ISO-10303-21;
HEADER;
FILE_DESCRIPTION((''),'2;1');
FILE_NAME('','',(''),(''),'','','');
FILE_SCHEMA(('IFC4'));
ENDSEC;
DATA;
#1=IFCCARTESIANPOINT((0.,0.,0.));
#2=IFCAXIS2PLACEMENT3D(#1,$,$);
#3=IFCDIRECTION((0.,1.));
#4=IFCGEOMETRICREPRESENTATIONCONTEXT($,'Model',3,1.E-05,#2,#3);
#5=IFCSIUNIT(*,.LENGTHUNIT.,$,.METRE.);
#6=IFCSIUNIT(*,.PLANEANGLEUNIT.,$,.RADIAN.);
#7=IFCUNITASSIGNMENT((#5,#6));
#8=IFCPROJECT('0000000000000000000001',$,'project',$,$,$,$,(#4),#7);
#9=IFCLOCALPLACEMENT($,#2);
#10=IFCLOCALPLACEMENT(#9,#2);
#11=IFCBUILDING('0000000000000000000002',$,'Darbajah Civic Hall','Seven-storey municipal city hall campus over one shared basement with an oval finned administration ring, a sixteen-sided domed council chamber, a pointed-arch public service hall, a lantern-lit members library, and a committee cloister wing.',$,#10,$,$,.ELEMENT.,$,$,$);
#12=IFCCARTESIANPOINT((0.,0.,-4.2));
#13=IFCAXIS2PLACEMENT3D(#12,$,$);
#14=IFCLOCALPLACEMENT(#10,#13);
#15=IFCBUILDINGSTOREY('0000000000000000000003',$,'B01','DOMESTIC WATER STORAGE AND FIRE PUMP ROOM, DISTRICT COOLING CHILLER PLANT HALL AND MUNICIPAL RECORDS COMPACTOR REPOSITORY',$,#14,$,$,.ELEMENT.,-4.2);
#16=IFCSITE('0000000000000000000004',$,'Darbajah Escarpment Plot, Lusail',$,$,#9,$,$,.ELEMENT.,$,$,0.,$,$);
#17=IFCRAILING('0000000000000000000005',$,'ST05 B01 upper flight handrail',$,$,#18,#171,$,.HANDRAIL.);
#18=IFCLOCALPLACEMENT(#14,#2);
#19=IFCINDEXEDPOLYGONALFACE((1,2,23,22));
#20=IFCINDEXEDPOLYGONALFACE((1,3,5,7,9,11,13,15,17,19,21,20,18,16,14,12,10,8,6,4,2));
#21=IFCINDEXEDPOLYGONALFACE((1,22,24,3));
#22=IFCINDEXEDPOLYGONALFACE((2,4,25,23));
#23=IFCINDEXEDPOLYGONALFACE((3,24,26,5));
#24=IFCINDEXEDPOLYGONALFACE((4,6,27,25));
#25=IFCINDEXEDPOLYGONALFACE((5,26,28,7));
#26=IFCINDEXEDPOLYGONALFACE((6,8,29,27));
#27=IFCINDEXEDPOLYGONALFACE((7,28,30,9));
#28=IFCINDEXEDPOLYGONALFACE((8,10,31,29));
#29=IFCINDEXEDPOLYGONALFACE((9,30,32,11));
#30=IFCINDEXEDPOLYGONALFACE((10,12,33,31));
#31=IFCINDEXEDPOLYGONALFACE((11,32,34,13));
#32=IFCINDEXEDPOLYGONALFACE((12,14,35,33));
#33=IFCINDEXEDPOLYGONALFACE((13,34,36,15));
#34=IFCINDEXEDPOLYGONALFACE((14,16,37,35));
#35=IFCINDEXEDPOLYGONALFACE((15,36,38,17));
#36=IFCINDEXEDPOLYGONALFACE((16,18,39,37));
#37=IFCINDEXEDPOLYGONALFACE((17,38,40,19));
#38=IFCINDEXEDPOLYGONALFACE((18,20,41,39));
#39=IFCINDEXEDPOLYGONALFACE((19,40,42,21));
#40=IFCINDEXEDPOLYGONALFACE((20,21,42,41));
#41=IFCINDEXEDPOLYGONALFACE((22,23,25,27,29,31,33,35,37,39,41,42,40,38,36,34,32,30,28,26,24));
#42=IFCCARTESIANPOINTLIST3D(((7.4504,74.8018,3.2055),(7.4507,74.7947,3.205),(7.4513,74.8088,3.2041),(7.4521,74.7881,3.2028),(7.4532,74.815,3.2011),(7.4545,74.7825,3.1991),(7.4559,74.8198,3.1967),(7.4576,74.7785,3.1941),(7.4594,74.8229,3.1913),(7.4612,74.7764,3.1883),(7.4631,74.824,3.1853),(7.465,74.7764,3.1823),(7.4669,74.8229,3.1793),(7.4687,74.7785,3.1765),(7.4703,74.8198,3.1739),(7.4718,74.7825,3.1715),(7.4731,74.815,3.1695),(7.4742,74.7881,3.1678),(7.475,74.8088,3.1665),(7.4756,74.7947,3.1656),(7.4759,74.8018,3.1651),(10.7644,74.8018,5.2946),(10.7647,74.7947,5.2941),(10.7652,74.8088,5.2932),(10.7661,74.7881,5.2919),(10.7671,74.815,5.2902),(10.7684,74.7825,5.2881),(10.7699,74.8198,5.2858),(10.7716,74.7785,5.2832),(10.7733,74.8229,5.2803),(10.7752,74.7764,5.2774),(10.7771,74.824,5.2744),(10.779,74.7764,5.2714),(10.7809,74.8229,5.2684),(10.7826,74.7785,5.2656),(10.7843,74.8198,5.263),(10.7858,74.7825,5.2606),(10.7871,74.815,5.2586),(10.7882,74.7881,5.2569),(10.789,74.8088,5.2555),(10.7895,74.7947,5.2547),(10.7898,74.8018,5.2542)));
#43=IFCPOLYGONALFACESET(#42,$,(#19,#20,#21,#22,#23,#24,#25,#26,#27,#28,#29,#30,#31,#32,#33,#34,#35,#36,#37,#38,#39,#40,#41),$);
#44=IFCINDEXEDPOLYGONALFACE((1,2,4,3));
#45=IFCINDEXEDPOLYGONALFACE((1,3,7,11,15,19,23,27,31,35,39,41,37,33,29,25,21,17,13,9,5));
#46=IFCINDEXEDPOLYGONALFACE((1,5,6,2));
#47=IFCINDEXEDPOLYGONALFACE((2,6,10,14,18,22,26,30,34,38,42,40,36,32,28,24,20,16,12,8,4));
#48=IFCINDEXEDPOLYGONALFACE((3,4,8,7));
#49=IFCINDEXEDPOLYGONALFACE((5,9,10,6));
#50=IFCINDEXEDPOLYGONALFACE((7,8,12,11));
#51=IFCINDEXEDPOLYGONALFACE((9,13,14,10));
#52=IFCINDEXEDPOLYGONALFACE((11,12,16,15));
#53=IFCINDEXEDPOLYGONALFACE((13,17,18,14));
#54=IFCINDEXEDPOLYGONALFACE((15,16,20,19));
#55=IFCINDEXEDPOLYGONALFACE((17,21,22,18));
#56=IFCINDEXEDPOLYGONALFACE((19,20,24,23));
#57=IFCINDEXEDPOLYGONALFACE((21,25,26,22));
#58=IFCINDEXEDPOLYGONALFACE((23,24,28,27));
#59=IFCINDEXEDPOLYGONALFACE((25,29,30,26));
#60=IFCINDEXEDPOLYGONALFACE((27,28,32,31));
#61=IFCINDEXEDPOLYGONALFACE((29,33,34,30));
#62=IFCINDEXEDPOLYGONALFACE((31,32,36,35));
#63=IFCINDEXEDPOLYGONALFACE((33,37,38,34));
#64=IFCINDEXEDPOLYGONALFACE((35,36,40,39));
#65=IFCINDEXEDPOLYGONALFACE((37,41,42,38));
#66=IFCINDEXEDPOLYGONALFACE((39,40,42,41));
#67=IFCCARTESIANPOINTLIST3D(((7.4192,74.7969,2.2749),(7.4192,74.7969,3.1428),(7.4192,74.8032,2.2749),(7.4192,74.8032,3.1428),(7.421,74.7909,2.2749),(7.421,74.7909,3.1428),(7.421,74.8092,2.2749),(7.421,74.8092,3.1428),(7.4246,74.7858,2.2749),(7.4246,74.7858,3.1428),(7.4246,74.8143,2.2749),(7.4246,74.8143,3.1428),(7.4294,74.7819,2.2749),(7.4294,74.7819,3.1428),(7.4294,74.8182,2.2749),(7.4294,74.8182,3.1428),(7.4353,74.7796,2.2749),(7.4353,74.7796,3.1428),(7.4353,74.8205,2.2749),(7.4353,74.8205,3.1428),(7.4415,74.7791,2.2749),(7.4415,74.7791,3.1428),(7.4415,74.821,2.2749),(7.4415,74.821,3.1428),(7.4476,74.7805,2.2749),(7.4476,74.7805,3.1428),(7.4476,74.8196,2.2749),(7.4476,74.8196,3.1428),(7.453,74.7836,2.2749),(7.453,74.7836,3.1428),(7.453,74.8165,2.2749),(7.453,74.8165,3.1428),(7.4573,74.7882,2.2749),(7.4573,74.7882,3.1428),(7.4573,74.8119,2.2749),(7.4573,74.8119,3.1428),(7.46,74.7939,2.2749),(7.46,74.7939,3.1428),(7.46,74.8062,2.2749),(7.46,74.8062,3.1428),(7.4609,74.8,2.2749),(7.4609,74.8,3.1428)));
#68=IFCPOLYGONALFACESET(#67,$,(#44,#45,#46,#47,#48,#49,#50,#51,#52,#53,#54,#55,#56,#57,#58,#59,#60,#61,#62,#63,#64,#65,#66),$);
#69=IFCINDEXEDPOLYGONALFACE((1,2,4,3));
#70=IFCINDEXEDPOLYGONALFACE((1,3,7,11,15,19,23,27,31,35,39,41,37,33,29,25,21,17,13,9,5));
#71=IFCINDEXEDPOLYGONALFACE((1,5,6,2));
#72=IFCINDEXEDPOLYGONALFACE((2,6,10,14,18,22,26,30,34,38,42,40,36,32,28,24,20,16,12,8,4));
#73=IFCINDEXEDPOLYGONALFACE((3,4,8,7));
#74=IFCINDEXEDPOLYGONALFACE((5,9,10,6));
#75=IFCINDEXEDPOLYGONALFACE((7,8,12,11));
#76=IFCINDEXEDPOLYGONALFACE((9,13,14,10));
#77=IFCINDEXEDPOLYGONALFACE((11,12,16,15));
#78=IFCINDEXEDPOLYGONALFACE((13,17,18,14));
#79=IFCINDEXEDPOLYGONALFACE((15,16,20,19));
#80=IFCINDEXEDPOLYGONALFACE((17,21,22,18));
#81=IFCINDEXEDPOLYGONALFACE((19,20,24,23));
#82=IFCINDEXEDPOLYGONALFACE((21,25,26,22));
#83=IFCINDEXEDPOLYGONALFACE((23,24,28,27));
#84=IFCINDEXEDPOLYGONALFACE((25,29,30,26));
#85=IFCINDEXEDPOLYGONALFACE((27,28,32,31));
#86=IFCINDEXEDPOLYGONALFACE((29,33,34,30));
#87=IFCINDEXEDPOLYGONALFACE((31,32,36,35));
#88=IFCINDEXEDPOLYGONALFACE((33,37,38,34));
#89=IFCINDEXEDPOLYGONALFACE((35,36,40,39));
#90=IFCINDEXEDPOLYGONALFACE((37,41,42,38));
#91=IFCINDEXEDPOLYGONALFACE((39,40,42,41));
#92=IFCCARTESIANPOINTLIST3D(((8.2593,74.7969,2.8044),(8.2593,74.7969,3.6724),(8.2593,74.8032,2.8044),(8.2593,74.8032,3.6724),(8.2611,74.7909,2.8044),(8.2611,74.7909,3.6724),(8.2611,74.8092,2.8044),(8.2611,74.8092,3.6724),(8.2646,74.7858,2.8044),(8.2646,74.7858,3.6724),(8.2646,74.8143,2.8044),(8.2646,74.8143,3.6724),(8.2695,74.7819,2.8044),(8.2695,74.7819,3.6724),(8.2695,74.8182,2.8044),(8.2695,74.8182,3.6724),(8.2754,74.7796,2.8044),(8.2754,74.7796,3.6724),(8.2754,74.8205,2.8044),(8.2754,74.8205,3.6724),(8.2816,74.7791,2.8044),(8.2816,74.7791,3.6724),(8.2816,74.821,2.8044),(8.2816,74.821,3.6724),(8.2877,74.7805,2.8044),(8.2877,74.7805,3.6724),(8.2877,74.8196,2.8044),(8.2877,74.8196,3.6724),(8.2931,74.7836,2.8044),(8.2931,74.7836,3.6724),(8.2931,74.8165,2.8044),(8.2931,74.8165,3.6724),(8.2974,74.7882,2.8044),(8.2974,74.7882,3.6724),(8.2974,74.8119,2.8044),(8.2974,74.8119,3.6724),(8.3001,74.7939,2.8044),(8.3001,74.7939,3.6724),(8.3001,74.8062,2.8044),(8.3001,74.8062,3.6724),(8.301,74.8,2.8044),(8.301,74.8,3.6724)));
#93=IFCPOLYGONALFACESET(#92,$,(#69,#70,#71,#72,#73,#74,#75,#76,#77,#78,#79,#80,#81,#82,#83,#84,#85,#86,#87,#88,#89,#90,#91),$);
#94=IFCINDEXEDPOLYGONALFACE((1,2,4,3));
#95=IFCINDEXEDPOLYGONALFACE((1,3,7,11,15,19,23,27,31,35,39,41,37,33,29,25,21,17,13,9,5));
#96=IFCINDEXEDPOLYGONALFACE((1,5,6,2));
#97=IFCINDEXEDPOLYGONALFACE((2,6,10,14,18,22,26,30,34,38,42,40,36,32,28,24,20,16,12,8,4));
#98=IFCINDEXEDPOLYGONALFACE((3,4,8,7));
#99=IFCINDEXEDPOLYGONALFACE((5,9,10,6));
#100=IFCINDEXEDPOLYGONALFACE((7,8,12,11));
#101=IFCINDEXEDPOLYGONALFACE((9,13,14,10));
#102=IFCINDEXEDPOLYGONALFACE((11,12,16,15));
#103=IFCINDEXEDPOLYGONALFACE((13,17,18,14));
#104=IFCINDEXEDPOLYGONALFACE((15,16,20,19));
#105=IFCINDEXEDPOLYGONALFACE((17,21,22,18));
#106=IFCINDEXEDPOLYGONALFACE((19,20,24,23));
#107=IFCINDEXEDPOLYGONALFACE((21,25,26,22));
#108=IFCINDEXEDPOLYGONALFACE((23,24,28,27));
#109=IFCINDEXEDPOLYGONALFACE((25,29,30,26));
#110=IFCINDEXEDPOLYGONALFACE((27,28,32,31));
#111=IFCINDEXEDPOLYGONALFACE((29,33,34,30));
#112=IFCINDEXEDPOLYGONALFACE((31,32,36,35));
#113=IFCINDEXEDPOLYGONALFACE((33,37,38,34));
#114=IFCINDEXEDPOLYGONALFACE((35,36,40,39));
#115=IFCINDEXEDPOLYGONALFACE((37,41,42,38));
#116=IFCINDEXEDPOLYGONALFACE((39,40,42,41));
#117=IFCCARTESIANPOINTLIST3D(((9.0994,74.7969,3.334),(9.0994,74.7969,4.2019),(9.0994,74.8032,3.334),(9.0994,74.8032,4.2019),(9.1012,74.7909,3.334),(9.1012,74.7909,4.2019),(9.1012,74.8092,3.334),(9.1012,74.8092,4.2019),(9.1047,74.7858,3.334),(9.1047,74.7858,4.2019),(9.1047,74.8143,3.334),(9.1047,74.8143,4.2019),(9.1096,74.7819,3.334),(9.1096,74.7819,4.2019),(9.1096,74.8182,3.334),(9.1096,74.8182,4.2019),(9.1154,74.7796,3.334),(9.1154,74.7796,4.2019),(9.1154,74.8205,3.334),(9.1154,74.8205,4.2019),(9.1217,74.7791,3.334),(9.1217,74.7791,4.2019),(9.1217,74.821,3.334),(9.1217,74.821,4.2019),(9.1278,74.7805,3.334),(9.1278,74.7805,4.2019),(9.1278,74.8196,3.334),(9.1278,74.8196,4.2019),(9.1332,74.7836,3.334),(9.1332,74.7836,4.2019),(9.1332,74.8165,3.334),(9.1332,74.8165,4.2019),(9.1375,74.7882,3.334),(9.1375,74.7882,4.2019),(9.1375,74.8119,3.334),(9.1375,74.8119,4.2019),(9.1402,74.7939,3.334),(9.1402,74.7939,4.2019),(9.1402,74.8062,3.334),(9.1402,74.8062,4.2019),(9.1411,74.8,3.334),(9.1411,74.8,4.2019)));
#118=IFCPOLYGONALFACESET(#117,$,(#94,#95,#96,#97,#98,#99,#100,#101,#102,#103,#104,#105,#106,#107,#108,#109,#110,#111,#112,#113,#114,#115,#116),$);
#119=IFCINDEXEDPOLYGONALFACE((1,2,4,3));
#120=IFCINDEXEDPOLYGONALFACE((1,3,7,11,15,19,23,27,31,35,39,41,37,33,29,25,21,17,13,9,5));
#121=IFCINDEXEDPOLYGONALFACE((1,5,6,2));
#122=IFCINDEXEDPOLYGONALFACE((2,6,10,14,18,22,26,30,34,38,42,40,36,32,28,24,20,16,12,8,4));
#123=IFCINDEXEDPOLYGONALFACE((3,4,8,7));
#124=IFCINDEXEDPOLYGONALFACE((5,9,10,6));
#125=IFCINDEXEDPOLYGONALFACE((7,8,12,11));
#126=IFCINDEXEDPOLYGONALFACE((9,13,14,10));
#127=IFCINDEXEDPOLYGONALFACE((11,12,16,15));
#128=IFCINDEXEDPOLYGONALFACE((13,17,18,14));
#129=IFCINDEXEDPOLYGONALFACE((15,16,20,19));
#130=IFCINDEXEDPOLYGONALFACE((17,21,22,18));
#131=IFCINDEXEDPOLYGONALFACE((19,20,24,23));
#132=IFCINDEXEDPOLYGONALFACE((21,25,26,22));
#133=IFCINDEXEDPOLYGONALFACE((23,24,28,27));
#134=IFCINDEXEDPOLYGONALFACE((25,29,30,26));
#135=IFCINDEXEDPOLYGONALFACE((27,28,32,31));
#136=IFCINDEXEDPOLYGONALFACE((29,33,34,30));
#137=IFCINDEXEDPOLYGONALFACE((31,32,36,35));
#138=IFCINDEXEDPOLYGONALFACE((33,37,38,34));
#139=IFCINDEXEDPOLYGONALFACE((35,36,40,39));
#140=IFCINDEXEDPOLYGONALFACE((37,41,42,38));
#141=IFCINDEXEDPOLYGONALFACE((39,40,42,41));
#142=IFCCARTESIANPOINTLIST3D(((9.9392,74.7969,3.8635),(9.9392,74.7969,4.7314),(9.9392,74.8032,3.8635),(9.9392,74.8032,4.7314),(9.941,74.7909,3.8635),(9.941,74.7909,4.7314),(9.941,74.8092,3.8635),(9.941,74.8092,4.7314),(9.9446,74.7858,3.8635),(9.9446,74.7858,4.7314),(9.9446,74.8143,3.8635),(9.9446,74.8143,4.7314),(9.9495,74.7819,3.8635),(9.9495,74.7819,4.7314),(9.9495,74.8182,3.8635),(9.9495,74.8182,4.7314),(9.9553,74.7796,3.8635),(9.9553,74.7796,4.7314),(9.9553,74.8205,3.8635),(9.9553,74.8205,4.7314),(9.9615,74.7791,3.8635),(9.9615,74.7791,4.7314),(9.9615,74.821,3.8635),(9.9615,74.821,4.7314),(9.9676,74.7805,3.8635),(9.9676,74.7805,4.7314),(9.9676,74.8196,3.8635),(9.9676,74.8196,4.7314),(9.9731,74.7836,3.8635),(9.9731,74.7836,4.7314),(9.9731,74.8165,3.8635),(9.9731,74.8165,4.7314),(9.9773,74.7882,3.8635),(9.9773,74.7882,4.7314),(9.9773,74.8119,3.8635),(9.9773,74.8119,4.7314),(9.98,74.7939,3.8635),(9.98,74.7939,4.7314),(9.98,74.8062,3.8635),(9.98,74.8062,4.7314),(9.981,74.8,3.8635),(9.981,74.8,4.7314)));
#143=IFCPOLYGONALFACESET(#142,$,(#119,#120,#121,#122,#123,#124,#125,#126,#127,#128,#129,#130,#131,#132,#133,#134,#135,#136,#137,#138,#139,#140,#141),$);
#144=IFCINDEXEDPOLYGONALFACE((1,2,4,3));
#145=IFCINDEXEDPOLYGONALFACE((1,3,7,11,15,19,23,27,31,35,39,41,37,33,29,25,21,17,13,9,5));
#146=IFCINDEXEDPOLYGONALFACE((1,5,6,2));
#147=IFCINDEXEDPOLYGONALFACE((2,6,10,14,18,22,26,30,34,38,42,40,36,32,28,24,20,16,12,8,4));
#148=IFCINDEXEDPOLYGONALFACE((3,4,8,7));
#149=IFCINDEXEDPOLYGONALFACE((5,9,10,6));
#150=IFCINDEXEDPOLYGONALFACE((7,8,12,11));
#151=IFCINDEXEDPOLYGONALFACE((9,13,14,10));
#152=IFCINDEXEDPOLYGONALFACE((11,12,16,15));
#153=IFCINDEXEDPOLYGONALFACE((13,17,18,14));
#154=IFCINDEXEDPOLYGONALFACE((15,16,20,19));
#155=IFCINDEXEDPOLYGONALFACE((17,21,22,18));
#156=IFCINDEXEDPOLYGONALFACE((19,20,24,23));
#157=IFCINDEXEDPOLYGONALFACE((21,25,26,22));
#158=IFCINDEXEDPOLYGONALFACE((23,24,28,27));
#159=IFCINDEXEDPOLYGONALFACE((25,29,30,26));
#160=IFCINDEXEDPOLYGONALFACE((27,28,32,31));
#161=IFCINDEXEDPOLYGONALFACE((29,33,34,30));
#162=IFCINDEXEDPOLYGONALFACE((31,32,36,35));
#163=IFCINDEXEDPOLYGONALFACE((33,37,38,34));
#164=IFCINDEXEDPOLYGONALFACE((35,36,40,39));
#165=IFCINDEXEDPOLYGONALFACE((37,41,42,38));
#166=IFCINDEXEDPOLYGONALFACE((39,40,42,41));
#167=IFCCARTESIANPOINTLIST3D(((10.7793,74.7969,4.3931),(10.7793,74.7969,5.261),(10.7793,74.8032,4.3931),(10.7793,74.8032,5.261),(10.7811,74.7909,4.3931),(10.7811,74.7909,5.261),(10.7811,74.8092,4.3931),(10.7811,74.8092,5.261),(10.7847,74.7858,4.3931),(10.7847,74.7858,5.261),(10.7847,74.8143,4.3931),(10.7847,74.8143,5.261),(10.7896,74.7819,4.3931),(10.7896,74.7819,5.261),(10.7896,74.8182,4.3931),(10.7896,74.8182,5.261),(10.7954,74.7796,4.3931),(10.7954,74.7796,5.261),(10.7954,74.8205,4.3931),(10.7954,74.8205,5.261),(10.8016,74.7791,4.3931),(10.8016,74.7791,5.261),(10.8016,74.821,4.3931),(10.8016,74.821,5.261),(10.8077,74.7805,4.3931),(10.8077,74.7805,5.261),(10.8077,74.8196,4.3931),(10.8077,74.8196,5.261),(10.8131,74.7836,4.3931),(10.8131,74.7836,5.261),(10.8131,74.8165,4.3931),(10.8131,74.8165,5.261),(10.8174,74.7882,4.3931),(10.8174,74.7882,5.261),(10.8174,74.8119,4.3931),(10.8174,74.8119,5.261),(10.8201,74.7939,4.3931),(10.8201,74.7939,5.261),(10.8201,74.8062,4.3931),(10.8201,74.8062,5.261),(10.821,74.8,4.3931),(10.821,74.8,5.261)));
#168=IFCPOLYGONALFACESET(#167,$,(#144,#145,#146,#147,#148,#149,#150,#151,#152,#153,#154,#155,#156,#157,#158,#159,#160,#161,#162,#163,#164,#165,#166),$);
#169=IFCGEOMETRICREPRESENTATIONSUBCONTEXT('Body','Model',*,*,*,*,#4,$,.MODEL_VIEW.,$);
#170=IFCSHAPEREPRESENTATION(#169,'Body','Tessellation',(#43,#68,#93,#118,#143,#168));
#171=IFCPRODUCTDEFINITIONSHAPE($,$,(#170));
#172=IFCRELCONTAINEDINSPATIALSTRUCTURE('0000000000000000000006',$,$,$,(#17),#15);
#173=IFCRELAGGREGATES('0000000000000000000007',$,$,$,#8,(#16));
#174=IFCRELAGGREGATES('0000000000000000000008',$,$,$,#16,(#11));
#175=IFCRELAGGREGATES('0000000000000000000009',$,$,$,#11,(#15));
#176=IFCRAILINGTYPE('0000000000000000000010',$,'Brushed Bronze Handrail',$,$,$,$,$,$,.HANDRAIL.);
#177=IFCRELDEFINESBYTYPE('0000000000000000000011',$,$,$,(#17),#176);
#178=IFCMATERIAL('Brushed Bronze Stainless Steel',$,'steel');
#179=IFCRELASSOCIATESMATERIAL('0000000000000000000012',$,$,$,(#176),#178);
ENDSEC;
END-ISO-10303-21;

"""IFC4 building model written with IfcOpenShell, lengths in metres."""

from ifc_helpers import new_model, si_unit, direction, frame, origin, origin_2d, place, context, subcontext, project, spatial, circle, extrude, material, type_object, element, save


model = new_model("IFC4")

# Units and contexts
model_context = context("Model", 3, precision=1e-05, world=origin(), true_north=direction((0.0, 1.0)))
body_context = subcontext(model_context, "Body", "Model", "MODEL_VIEW")
ifc_project = project(units=[si_unit("LENGTHUNIT", "METRE"), si_unit("PLANEANGLEUNIT", "RADIAN")], contexts=[model_context])

# Site, building, storey
site_placement = place(None, origin())
site = spatial("IfcSite", under=ifc_project, at=site_placement, Name="Darbajah Escarpment Plot, Lusail", CompositionType="ELEMENT", RefElevation=0.0)
building_placement = place(site_placement, origin())
building = spatial("IfcBuilding", under=site, at=building_placement, Name="Darbajah Civic Hall", Description="Seven-storey municipal city hall campus over one shared basement with an oval finned administration ring, a sixteen-sided domed council chamber, a pointed-arch public service hall, a lantern-lit members library, and a committee cloister wing.", CompositionType="ELEMENT")
storey_placement = place(building_placement, frame((0.0, 0.0, -4.2)))
storey = spatial("IfcBuildingStorey", under=building, at=storey_placement, Name="B01", Description="DOMESTIC WATER STORAGE AND FIRE PUMP ROOM, DISTRICT COOLING CHILLER PLANT HALL AND MUNICIPAL RECORDS COMPACTOR REPOSITORY", CompositionType="ELEMENT", Elevation=-4.2)

# Railing
ifc_material_1 = material(Name="Brushed Bronze Stainless Steel", Category="steel")
railing_type_1 = type_object("IfcRailingType", Name="Brushed Bronze Handrail", PredefinedType="HANDRAIL", material=ifc_material_1)
railing_1_placement = place(storey_placement, frame((7.4399, 74.8, 2.2749)))
element("IfcRailing", 1, at=railing_1_placement, inside=storey, type_object=railing_type_1, Name="ST05 B01 upper flight handrail", PredefinedType="HANDRAIL", context=body_context, shape_type="SweptSolid", body=[
    extrude(circle(Radius=0.0239, at=origin_2d()), frame((0.0232, 0.0, 0.9104), z_axis=(0.845944, 0.0, 0.533271), x_axis=(0.0, 1.0, 0.0)), (0.0, 0.0, 1.0), 3.9175),
    extrude(circle(Radius=0.021, at=origin_2d()), origin(), (0.0, 0.0, 1.0), 0.8679),
    extrude(circle(Radius=0.021, at=origin_2d()), frame((0.8401, 0.0, 0.5295)), (0.0, 0.0, 1.0), 0.8679),
    extrude(circle(Radius=0.021, at=origin_2d()), frame((1.6802, 0.0, 1.0591)), (0.0, 0.0, 1.0), 0.8679),
    extrude(circle(Radius=0.021, at=origin_2d()), frame((2.52, 0.0, 1.5886)), (0.0, 0.0, 1.0), 0.8679),
    extrude(circle(Radius=0.021, at=origin_2d()), frame((3.3601, 0.0, 2.1182)), (0.0, 0.0, 1.0), 0.8679),
])

save(model, "model.ifc")
